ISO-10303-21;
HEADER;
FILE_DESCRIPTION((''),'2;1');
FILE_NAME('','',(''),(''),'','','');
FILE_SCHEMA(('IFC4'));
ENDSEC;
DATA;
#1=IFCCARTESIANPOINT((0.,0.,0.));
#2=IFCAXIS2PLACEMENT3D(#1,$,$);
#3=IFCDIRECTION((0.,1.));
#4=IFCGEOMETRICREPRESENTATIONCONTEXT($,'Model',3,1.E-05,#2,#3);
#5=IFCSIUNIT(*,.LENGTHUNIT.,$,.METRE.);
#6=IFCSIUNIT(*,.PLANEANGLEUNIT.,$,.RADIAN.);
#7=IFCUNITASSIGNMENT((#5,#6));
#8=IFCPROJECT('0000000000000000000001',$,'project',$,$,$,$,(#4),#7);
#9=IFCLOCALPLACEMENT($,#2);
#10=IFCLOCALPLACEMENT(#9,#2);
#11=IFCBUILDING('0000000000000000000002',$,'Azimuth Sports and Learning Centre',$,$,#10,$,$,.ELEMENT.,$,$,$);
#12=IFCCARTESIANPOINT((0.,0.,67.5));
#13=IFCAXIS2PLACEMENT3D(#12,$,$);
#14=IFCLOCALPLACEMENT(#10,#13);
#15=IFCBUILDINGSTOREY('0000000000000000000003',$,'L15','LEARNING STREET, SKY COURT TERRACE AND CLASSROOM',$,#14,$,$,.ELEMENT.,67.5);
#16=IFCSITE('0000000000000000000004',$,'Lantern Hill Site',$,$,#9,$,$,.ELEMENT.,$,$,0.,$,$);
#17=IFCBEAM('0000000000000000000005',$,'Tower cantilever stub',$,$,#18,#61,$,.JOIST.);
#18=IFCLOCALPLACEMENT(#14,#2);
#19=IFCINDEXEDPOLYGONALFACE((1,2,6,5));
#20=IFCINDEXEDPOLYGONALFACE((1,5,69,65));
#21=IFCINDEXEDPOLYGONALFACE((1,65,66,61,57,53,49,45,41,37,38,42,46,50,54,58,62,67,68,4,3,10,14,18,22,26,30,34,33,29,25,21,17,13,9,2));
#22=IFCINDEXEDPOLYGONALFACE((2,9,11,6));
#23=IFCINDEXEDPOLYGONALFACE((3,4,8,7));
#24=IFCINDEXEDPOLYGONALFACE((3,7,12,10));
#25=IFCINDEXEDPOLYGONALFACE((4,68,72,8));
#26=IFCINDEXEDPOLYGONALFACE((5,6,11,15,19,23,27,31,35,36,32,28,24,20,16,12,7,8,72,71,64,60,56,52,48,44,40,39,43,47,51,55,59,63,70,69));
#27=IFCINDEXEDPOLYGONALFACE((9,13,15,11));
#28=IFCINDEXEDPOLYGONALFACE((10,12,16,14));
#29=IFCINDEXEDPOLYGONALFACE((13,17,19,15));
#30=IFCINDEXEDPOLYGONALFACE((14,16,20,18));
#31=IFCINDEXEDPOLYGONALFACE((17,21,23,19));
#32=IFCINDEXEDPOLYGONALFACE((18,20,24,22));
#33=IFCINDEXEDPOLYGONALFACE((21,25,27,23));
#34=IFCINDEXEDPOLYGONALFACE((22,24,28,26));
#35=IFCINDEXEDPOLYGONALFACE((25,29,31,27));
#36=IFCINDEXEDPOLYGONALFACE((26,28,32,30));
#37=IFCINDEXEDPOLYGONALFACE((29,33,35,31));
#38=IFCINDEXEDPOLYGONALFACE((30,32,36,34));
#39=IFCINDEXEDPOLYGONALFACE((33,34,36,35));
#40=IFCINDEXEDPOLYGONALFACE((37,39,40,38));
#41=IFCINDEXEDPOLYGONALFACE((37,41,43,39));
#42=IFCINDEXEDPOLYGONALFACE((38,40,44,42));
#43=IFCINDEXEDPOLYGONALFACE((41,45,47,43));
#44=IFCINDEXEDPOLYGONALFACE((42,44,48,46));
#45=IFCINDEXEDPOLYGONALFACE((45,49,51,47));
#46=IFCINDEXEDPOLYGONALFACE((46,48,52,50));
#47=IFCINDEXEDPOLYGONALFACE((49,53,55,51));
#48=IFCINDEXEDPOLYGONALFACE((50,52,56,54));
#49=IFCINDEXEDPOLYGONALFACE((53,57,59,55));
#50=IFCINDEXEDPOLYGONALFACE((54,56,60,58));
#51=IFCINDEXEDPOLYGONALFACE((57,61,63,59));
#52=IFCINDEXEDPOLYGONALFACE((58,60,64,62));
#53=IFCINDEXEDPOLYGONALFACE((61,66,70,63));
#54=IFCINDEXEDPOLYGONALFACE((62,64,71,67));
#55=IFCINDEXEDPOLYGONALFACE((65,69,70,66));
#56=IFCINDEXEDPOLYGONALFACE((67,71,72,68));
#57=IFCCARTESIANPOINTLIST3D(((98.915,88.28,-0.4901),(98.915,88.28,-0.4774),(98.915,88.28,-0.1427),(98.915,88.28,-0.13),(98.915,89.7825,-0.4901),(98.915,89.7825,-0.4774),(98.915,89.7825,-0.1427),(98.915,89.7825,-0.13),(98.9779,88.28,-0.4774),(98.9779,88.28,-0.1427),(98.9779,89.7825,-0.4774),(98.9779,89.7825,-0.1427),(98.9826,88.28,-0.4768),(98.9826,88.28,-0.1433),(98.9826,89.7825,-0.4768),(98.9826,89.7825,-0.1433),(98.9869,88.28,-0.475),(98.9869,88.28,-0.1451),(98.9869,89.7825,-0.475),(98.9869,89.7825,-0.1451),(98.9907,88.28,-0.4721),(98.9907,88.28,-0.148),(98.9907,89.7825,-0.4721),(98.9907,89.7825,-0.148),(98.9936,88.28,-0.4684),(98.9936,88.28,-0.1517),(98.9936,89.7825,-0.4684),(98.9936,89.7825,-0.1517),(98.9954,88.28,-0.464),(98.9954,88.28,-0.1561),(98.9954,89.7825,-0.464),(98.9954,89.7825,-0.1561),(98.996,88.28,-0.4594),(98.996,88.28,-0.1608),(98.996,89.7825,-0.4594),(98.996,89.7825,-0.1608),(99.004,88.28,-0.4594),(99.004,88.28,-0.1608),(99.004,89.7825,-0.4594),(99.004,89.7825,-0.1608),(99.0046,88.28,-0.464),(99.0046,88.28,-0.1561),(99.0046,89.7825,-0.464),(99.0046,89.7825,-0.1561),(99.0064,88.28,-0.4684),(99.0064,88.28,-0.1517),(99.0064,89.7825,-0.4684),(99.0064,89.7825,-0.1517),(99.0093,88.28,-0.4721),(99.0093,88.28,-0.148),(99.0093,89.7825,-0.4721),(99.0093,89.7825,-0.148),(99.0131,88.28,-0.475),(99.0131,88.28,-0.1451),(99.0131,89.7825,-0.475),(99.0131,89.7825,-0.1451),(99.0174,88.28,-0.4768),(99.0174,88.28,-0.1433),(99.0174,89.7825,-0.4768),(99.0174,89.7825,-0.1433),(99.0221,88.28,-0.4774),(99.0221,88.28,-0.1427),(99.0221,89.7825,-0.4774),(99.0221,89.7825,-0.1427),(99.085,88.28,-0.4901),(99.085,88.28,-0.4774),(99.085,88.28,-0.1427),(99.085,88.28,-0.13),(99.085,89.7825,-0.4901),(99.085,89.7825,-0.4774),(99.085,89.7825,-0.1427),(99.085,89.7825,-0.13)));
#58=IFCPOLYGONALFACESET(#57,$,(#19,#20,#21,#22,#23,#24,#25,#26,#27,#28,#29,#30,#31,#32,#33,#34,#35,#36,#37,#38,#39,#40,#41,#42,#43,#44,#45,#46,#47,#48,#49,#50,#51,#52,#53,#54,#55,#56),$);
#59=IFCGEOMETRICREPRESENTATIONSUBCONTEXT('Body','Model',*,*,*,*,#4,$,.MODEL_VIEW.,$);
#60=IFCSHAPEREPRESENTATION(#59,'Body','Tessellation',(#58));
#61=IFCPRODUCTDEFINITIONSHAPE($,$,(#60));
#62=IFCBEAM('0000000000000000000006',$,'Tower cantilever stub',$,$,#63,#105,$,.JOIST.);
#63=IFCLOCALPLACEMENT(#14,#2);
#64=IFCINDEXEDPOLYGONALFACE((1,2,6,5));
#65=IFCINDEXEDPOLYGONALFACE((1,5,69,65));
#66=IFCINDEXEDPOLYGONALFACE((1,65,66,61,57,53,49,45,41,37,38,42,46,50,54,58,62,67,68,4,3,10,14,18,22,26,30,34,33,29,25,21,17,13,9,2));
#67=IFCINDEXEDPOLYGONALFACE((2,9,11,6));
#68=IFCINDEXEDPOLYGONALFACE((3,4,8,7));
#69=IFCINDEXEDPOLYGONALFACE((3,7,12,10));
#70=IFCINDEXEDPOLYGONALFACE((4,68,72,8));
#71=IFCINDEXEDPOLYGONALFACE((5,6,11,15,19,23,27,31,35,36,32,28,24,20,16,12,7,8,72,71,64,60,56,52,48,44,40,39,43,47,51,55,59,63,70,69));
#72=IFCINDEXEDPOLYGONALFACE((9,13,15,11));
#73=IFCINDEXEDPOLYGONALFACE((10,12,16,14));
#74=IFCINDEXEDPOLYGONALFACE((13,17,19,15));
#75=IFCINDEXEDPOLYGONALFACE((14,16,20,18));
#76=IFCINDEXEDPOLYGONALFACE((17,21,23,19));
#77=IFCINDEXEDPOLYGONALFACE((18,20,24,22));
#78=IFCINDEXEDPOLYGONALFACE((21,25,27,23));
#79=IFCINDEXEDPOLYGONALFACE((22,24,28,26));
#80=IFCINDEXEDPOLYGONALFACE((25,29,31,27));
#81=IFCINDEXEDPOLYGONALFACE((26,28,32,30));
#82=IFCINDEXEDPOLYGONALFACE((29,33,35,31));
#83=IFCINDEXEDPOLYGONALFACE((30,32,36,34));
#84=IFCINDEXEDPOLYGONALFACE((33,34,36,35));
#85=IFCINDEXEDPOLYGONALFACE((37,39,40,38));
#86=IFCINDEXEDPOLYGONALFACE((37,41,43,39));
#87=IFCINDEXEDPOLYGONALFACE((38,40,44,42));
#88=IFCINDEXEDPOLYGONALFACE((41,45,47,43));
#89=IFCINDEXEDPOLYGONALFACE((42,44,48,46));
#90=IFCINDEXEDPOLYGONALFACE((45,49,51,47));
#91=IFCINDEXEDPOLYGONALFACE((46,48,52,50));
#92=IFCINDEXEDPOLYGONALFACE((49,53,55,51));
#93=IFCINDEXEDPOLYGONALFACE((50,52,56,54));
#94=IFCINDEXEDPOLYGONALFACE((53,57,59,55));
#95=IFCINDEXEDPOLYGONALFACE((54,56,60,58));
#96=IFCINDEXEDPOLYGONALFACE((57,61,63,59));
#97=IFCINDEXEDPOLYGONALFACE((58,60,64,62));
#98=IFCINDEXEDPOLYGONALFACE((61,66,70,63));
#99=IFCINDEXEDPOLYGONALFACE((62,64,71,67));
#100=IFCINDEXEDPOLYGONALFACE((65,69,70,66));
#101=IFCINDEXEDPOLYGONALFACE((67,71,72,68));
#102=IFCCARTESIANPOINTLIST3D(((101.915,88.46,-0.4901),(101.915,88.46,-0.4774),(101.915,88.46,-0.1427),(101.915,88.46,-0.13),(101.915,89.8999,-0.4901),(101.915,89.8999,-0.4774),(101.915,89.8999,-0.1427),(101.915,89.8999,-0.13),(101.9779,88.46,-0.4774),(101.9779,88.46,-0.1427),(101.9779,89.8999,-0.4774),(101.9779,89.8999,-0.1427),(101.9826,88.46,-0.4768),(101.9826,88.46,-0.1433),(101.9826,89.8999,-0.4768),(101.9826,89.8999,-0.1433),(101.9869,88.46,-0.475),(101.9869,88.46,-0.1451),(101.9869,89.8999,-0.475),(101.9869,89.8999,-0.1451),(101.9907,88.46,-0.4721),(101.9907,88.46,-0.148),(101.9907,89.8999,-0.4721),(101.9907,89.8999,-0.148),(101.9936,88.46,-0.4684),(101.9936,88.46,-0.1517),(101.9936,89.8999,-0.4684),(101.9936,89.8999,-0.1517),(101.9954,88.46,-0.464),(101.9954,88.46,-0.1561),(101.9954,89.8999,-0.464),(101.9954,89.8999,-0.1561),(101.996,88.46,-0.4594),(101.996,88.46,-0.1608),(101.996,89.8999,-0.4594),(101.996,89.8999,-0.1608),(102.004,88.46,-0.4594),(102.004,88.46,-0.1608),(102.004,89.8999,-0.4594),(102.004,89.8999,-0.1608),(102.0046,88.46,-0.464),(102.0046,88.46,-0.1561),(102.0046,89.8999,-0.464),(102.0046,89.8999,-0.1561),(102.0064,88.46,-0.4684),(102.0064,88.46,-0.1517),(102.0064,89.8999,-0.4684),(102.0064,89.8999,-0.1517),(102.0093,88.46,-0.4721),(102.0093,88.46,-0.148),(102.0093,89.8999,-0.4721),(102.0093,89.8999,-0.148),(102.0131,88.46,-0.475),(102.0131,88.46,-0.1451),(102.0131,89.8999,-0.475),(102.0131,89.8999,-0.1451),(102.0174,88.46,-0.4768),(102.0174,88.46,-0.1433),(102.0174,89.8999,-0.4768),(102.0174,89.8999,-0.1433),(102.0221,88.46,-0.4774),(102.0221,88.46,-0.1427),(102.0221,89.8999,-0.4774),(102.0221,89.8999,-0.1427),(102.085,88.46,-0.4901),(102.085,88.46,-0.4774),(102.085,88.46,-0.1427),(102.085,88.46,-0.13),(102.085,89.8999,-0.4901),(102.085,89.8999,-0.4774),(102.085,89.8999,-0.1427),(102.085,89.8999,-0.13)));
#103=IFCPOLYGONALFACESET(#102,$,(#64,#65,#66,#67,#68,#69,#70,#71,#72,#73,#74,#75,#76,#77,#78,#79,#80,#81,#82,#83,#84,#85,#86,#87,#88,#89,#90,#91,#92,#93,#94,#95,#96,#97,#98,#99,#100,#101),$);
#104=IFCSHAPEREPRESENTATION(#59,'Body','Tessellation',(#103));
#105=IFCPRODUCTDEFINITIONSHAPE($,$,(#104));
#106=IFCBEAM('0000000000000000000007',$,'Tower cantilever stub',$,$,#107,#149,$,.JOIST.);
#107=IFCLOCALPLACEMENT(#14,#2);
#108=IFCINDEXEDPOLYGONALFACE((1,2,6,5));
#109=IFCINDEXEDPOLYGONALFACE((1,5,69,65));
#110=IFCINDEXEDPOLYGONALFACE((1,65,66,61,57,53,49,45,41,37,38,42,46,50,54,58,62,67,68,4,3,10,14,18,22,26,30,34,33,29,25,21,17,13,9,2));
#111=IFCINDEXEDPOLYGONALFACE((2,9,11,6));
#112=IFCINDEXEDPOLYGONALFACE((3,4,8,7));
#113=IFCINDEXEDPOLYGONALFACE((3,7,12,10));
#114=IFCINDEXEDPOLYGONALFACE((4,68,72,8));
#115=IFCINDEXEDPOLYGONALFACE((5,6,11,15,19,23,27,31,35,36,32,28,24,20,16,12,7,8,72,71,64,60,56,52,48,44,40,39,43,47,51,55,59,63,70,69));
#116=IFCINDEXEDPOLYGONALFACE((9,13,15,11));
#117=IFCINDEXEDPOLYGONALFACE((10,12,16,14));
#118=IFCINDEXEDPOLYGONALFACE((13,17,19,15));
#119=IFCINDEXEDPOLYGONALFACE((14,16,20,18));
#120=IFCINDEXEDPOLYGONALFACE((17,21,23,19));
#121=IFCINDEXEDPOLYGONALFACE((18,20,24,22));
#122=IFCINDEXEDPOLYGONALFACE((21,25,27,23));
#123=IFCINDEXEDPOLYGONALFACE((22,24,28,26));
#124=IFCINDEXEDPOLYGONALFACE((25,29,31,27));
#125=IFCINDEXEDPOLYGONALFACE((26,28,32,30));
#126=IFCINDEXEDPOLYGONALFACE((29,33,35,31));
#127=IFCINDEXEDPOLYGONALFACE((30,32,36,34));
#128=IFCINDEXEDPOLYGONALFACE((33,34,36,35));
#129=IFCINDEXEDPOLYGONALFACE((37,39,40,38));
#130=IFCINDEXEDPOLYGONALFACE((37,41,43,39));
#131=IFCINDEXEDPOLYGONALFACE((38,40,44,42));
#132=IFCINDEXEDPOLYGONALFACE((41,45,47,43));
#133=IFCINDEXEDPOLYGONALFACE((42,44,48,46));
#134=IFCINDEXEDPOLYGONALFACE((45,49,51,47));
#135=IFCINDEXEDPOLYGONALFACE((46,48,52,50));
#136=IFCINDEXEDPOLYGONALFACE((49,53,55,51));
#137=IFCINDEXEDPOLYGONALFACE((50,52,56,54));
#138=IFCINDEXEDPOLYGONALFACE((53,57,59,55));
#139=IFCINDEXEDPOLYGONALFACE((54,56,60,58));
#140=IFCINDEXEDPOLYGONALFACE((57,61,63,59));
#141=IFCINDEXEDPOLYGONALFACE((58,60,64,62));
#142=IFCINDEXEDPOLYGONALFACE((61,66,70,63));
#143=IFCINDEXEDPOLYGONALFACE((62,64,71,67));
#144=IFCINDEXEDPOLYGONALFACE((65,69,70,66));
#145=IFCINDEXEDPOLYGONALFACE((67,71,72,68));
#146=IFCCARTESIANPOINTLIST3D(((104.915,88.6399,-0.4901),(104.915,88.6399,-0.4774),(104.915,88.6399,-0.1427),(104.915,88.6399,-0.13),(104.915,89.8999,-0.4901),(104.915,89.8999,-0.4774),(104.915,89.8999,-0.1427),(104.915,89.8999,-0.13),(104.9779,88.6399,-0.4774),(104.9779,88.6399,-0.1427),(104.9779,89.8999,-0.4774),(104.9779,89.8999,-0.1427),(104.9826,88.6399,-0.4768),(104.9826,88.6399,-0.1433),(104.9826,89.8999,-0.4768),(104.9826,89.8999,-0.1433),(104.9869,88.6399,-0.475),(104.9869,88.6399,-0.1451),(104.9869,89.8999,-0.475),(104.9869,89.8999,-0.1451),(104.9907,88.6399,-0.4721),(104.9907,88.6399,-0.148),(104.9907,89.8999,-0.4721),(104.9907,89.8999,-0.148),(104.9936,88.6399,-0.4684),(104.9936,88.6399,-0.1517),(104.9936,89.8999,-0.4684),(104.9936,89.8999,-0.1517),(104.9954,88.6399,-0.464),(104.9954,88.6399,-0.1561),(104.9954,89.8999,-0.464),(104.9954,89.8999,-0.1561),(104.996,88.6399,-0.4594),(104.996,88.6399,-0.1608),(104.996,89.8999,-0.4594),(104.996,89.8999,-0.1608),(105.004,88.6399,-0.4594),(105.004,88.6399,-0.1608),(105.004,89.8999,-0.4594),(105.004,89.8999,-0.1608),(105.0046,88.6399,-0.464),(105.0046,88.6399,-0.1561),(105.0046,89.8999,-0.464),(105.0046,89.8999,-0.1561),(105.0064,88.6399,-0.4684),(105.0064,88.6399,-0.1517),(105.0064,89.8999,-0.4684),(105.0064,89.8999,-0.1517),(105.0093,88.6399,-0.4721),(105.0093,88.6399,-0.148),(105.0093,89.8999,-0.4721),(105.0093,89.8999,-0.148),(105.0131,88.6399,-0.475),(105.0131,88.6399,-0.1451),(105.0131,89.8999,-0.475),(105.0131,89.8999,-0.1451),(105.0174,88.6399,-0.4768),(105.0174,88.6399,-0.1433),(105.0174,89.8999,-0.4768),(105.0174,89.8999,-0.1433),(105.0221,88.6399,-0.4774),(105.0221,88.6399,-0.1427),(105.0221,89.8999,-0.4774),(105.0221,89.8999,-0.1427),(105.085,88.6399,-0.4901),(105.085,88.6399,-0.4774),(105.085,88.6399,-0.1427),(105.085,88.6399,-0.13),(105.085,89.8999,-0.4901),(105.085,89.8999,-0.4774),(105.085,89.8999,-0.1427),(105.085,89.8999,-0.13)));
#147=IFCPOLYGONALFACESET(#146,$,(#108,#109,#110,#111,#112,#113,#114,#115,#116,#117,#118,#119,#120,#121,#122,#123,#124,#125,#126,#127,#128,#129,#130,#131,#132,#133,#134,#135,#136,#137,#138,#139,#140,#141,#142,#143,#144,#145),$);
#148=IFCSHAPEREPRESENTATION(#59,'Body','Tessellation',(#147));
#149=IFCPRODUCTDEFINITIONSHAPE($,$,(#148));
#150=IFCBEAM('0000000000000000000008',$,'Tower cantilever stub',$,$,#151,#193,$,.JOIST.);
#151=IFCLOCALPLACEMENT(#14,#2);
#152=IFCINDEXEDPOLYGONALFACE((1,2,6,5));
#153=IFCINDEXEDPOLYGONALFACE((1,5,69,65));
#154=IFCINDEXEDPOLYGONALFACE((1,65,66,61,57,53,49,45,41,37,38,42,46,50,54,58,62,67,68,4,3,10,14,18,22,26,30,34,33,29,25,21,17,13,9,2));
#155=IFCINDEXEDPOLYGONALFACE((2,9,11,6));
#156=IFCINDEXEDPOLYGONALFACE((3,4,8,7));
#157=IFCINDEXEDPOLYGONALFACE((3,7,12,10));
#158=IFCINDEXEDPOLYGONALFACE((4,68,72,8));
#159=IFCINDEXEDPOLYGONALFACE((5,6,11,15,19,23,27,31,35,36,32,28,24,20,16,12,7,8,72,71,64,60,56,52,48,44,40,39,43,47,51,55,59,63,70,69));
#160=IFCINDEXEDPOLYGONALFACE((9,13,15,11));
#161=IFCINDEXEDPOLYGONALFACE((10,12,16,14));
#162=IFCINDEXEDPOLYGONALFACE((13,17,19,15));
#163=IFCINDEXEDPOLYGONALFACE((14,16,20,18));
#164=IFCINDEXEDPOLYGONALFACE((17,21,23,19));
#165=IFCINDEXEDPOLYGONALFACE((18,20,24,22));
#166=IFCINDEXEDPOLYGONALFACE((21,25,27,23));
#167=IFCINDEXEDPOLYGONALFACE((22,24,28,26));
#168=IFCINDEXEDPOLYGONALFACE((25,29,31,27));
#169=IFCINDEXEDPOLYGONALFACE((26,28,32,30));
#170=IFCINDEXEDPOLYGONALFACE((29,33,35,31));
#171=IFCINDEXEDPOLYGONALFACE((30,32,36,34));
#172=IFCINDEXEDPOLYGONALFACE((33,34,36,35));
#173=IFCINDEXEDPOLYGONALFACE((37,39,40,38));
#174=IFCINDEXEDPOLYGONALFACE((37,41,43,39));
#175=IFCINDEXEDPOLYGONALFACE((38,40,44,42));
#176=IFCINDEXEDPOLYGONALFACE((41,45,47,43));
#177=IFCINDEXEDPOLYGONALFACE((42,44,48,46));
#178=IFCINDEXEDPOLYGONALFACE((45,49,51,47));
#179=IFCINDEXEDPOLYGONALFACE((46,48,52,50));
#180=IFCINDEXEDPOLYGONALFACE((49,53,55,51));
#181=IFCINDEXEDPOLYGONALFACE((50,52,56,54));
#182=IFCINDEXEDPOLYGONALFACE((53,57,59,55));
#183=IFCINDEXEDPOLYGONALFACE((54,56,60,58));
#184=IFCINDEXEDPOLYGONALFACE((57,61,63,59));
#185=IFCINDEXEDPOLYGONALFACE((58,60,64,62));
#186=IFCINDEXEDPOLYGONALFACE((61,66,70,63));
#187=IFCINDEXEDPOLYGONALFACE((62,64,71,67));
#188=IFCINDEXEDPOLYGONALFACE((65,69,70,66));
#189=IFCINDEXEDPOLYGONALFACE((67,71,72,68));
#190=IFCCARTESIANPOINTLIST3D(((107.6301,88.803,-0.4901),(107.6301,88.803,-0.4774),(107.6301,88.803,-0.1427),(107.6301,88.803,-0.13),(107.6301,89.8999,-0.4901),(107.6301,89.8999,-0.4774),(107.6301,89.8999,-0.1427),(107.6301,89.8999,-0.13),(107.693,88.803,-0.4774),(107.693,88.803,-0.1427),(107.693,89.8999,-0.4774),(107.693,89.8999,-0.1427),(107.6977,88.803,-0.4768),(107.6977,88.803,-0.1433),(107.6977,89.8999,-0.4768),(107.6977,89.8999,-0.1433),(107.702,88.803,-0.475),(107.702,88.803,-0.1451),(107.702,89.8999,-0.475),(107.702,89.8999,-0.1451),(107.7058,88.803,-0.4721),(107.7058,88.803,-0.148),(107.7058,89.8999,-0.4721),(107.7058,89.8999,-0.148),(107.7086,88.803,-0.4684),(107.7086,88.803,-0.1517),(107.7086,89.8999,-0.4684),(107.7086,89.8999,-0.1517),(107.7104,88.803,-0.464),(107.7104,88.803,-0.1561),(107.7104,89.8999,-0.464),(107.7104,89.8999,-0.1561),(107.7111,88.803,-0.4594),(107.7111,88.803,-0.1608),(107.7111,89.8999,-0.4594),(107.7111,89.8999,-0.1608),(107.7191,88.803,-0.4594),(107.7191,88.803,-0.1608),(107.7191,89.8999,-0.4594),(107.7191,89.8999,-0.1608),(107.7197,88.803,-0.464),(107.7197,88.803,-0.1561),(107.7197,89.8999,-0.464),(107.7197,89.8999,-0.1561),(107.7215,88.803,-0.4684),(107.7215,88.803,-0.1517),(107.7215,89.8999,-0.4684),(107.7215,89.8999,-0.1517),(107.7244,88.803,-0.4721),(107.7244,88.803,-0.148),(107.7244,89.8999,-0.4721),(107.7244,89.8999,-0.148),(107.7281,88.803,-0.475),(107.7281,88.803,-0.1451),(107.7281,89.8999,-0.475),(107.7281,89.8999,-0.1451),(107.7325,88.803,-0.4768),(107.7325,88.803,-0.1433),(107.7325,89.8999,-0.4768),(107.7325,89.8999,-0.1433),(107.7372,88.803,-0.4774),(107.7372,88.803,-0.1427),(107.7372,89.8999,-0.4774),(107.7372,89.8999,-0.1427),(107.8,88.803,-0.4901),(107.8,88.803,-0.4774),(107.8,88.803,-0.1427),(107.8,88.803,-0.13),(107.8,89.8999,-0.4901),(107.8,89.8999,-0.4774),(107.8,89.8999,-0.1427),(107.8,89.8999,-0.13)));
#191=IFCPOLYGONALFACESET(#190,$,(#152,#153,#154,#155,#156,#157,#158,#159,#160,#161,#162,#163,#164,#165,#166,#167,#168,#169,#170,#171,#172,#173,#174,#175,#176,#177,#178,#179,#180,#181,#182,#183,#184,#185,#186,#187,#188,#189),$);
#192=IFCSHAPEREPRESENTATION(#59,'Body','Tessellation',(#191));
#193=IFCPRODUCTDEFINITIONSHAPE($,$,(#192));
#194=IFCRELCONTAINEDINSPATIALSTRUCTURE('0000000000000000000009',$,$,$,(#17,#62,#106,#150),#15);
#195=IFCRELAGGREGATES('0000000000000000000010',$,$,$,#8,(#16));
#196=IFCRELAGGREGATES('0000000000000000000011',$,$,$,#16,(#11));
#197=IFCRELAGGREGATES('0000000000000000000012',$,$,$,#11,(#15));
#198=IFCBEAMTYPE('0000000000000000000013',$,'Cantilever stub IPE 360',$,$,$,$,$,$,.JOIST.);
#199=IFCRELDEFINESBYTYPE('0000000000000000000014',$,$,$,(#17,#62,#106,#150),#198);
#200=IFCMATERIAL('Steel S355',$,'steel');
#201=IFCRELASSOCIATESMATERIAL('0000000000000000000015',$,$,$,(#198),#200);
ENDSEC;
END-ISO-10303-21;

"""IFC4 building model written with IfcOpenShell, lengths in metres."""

from ifc_helpers import new_model, si_unit, direction, frame, origin, origin_2d, place, context, subcontext, project, spatial, i_section, extrude, material, material_profile, profile_set, type_object, element, save


model = new_model("IFC4")

# Units and contexts
model_context = context("Model", 3, precision=1e-05, world=origin(), true_north=direction((0.0, 1.0)))
body_context = subcontext(model_context, "Body", "Model", "MODEL_VIEW")
ifc_project = project(units=[si_unit("LENGTHUNIT", "METRE"), si_unit("PLANEANGLEUNIT", "RADIAN")], contexts=[model_context])

# Site, building, storey
site_placement = place(None, origin())
site = spatial("IfcSite", under=ifc_project, at=site_placement, Name="Lantern Hill Site", CompositionType="ELEMENT", RefElevation=0.0)
building_placement = place(site_placement, origin())
building = spatial("IfcBuilding", under=site, at=building_placement, Name="Azimuth Sports and Learning Centre", CompositionType="ELEMENT")
storey_placement = place(building_placement, frame((0.0, 0.0, 67.5)))
storey = spatial("IfcBuildingStorey", under=building, at=storey_placement, Name="L15", Description="LEARNING STREET, SKY COURT TERRACE AND CLASSROOM", CompositionType="ELEMENT", Elevation=67.5)

# Beams
ifc_material_1 = material(Name="Steel S355", Category="steel")
ifc_material_profile_1 = material_profile(ifc_material_1, i_section(OverallWidth=0.1699, OverallDepth=0.3601, WebThickness=0.0081, FlangeThickness=0.0127, FilletRadius=0.0181, at=origin_2d()), Name="IPE 360")
ifc_profile_set_1 = profile_set([ifc_material_profile_1], Name="Steel S355")
beam_type_1 = type_object("IfcBeamType", Name="Cantilever stub IPE 360", PredefinedType="JOIST", material=ifc_profile_set_1)
beam_1_placement = place(storey_placement, frame((99.0, 89.7825, -0.3101), z_axis=(0.0, -1.0, 0.0), x_axis=(1.0, 0.0, 0.0)))
element("IfcBeam", 1, at=beam_1_placement, inside=storey, type_object=beam_type_1, Name="Tower cantilever stub", PredefinedType="JOIST", context=body_context, shape_type="SweptSolid", body=[
    extrude(i_section(OverallWidth=0.1699, OverallDepth=0.3601, WebThickness=0.0081, FlangeThickness=0.0127, FilletRadius=0.0181, at=origin_2d()), origin(), (0.0, 0.0, 1.0), 1.5024),
])
beam_2_placement = place(storey_placement, frame((102.0, 89.8999, -0.3101), z_axis=(0.0, -1.0, 0.0), x_axis=(1.0, 0.0, 0.0)))
element("IfcBeam", 2, at=beam_2_placement, inside=storey, type_object=beam_type_1, Name="Tower cantilever stub", PredefinedType="JOIST", context=body_context, shape_type="SweptSolid", body=[
    extrude(i_section(OverallWidth=0.1699, OverallDepth=0.3601, WebThickness=0.0081, FlangeThickness=0.0127, FilletRadius=0.0181, at=origin_2d()), origin(), (0.0, 0.0, 1.0), 1.4399),
])
beam_3_placement = place(storey_placement, frame((105.0, 89.8999, -0.3101), z_axis=(0.0, -1.0, 0.0), x_axis=(1.0, 0.0, 0.0)))
element("IfcBeam", 3, at=beam_3_placement, inside=storey, type_object=beam_type_1, Name="Tower cantilever stub", PredefinedType="JOIST", context=body_context, shape_type="SweptSolid", body=[
    extrude(i_section(OverallWidth=0.1699, OverallDepth=0.3601, WebThickness=0.0081, FlangeThickness=0.0127, FilletRadius=0.0181, at=origin_2d()), origin(), (0.0, 0.0, 1.0), 1.26),
])
beam_4_placement = place(storey_placement, frame((107.7151, 89.8999, -0.3101), z_axis=(0.0, -1.0, 0.0), x_axis=(1.0, 0.0, 0.0)))
element("IfcBeam", 4, at=beam_4_placement, inside=storey, type_object=beam_type_1, Name="Tower cantilever stub", PredefinedType="JOIST", context=body_context, shape_type="SweptSolid", body=[
    extrude(i_section(OverallWidth=0.1699, OverallDepth=0.3601, WebThickness=0.0081, FlangeThickness=0.0127, FilletRadius=0.0181, at=origin_2d()), origin(), (0.0, 0.0, 1.0), 1.0969),
])

save(model, "model.ifc")
